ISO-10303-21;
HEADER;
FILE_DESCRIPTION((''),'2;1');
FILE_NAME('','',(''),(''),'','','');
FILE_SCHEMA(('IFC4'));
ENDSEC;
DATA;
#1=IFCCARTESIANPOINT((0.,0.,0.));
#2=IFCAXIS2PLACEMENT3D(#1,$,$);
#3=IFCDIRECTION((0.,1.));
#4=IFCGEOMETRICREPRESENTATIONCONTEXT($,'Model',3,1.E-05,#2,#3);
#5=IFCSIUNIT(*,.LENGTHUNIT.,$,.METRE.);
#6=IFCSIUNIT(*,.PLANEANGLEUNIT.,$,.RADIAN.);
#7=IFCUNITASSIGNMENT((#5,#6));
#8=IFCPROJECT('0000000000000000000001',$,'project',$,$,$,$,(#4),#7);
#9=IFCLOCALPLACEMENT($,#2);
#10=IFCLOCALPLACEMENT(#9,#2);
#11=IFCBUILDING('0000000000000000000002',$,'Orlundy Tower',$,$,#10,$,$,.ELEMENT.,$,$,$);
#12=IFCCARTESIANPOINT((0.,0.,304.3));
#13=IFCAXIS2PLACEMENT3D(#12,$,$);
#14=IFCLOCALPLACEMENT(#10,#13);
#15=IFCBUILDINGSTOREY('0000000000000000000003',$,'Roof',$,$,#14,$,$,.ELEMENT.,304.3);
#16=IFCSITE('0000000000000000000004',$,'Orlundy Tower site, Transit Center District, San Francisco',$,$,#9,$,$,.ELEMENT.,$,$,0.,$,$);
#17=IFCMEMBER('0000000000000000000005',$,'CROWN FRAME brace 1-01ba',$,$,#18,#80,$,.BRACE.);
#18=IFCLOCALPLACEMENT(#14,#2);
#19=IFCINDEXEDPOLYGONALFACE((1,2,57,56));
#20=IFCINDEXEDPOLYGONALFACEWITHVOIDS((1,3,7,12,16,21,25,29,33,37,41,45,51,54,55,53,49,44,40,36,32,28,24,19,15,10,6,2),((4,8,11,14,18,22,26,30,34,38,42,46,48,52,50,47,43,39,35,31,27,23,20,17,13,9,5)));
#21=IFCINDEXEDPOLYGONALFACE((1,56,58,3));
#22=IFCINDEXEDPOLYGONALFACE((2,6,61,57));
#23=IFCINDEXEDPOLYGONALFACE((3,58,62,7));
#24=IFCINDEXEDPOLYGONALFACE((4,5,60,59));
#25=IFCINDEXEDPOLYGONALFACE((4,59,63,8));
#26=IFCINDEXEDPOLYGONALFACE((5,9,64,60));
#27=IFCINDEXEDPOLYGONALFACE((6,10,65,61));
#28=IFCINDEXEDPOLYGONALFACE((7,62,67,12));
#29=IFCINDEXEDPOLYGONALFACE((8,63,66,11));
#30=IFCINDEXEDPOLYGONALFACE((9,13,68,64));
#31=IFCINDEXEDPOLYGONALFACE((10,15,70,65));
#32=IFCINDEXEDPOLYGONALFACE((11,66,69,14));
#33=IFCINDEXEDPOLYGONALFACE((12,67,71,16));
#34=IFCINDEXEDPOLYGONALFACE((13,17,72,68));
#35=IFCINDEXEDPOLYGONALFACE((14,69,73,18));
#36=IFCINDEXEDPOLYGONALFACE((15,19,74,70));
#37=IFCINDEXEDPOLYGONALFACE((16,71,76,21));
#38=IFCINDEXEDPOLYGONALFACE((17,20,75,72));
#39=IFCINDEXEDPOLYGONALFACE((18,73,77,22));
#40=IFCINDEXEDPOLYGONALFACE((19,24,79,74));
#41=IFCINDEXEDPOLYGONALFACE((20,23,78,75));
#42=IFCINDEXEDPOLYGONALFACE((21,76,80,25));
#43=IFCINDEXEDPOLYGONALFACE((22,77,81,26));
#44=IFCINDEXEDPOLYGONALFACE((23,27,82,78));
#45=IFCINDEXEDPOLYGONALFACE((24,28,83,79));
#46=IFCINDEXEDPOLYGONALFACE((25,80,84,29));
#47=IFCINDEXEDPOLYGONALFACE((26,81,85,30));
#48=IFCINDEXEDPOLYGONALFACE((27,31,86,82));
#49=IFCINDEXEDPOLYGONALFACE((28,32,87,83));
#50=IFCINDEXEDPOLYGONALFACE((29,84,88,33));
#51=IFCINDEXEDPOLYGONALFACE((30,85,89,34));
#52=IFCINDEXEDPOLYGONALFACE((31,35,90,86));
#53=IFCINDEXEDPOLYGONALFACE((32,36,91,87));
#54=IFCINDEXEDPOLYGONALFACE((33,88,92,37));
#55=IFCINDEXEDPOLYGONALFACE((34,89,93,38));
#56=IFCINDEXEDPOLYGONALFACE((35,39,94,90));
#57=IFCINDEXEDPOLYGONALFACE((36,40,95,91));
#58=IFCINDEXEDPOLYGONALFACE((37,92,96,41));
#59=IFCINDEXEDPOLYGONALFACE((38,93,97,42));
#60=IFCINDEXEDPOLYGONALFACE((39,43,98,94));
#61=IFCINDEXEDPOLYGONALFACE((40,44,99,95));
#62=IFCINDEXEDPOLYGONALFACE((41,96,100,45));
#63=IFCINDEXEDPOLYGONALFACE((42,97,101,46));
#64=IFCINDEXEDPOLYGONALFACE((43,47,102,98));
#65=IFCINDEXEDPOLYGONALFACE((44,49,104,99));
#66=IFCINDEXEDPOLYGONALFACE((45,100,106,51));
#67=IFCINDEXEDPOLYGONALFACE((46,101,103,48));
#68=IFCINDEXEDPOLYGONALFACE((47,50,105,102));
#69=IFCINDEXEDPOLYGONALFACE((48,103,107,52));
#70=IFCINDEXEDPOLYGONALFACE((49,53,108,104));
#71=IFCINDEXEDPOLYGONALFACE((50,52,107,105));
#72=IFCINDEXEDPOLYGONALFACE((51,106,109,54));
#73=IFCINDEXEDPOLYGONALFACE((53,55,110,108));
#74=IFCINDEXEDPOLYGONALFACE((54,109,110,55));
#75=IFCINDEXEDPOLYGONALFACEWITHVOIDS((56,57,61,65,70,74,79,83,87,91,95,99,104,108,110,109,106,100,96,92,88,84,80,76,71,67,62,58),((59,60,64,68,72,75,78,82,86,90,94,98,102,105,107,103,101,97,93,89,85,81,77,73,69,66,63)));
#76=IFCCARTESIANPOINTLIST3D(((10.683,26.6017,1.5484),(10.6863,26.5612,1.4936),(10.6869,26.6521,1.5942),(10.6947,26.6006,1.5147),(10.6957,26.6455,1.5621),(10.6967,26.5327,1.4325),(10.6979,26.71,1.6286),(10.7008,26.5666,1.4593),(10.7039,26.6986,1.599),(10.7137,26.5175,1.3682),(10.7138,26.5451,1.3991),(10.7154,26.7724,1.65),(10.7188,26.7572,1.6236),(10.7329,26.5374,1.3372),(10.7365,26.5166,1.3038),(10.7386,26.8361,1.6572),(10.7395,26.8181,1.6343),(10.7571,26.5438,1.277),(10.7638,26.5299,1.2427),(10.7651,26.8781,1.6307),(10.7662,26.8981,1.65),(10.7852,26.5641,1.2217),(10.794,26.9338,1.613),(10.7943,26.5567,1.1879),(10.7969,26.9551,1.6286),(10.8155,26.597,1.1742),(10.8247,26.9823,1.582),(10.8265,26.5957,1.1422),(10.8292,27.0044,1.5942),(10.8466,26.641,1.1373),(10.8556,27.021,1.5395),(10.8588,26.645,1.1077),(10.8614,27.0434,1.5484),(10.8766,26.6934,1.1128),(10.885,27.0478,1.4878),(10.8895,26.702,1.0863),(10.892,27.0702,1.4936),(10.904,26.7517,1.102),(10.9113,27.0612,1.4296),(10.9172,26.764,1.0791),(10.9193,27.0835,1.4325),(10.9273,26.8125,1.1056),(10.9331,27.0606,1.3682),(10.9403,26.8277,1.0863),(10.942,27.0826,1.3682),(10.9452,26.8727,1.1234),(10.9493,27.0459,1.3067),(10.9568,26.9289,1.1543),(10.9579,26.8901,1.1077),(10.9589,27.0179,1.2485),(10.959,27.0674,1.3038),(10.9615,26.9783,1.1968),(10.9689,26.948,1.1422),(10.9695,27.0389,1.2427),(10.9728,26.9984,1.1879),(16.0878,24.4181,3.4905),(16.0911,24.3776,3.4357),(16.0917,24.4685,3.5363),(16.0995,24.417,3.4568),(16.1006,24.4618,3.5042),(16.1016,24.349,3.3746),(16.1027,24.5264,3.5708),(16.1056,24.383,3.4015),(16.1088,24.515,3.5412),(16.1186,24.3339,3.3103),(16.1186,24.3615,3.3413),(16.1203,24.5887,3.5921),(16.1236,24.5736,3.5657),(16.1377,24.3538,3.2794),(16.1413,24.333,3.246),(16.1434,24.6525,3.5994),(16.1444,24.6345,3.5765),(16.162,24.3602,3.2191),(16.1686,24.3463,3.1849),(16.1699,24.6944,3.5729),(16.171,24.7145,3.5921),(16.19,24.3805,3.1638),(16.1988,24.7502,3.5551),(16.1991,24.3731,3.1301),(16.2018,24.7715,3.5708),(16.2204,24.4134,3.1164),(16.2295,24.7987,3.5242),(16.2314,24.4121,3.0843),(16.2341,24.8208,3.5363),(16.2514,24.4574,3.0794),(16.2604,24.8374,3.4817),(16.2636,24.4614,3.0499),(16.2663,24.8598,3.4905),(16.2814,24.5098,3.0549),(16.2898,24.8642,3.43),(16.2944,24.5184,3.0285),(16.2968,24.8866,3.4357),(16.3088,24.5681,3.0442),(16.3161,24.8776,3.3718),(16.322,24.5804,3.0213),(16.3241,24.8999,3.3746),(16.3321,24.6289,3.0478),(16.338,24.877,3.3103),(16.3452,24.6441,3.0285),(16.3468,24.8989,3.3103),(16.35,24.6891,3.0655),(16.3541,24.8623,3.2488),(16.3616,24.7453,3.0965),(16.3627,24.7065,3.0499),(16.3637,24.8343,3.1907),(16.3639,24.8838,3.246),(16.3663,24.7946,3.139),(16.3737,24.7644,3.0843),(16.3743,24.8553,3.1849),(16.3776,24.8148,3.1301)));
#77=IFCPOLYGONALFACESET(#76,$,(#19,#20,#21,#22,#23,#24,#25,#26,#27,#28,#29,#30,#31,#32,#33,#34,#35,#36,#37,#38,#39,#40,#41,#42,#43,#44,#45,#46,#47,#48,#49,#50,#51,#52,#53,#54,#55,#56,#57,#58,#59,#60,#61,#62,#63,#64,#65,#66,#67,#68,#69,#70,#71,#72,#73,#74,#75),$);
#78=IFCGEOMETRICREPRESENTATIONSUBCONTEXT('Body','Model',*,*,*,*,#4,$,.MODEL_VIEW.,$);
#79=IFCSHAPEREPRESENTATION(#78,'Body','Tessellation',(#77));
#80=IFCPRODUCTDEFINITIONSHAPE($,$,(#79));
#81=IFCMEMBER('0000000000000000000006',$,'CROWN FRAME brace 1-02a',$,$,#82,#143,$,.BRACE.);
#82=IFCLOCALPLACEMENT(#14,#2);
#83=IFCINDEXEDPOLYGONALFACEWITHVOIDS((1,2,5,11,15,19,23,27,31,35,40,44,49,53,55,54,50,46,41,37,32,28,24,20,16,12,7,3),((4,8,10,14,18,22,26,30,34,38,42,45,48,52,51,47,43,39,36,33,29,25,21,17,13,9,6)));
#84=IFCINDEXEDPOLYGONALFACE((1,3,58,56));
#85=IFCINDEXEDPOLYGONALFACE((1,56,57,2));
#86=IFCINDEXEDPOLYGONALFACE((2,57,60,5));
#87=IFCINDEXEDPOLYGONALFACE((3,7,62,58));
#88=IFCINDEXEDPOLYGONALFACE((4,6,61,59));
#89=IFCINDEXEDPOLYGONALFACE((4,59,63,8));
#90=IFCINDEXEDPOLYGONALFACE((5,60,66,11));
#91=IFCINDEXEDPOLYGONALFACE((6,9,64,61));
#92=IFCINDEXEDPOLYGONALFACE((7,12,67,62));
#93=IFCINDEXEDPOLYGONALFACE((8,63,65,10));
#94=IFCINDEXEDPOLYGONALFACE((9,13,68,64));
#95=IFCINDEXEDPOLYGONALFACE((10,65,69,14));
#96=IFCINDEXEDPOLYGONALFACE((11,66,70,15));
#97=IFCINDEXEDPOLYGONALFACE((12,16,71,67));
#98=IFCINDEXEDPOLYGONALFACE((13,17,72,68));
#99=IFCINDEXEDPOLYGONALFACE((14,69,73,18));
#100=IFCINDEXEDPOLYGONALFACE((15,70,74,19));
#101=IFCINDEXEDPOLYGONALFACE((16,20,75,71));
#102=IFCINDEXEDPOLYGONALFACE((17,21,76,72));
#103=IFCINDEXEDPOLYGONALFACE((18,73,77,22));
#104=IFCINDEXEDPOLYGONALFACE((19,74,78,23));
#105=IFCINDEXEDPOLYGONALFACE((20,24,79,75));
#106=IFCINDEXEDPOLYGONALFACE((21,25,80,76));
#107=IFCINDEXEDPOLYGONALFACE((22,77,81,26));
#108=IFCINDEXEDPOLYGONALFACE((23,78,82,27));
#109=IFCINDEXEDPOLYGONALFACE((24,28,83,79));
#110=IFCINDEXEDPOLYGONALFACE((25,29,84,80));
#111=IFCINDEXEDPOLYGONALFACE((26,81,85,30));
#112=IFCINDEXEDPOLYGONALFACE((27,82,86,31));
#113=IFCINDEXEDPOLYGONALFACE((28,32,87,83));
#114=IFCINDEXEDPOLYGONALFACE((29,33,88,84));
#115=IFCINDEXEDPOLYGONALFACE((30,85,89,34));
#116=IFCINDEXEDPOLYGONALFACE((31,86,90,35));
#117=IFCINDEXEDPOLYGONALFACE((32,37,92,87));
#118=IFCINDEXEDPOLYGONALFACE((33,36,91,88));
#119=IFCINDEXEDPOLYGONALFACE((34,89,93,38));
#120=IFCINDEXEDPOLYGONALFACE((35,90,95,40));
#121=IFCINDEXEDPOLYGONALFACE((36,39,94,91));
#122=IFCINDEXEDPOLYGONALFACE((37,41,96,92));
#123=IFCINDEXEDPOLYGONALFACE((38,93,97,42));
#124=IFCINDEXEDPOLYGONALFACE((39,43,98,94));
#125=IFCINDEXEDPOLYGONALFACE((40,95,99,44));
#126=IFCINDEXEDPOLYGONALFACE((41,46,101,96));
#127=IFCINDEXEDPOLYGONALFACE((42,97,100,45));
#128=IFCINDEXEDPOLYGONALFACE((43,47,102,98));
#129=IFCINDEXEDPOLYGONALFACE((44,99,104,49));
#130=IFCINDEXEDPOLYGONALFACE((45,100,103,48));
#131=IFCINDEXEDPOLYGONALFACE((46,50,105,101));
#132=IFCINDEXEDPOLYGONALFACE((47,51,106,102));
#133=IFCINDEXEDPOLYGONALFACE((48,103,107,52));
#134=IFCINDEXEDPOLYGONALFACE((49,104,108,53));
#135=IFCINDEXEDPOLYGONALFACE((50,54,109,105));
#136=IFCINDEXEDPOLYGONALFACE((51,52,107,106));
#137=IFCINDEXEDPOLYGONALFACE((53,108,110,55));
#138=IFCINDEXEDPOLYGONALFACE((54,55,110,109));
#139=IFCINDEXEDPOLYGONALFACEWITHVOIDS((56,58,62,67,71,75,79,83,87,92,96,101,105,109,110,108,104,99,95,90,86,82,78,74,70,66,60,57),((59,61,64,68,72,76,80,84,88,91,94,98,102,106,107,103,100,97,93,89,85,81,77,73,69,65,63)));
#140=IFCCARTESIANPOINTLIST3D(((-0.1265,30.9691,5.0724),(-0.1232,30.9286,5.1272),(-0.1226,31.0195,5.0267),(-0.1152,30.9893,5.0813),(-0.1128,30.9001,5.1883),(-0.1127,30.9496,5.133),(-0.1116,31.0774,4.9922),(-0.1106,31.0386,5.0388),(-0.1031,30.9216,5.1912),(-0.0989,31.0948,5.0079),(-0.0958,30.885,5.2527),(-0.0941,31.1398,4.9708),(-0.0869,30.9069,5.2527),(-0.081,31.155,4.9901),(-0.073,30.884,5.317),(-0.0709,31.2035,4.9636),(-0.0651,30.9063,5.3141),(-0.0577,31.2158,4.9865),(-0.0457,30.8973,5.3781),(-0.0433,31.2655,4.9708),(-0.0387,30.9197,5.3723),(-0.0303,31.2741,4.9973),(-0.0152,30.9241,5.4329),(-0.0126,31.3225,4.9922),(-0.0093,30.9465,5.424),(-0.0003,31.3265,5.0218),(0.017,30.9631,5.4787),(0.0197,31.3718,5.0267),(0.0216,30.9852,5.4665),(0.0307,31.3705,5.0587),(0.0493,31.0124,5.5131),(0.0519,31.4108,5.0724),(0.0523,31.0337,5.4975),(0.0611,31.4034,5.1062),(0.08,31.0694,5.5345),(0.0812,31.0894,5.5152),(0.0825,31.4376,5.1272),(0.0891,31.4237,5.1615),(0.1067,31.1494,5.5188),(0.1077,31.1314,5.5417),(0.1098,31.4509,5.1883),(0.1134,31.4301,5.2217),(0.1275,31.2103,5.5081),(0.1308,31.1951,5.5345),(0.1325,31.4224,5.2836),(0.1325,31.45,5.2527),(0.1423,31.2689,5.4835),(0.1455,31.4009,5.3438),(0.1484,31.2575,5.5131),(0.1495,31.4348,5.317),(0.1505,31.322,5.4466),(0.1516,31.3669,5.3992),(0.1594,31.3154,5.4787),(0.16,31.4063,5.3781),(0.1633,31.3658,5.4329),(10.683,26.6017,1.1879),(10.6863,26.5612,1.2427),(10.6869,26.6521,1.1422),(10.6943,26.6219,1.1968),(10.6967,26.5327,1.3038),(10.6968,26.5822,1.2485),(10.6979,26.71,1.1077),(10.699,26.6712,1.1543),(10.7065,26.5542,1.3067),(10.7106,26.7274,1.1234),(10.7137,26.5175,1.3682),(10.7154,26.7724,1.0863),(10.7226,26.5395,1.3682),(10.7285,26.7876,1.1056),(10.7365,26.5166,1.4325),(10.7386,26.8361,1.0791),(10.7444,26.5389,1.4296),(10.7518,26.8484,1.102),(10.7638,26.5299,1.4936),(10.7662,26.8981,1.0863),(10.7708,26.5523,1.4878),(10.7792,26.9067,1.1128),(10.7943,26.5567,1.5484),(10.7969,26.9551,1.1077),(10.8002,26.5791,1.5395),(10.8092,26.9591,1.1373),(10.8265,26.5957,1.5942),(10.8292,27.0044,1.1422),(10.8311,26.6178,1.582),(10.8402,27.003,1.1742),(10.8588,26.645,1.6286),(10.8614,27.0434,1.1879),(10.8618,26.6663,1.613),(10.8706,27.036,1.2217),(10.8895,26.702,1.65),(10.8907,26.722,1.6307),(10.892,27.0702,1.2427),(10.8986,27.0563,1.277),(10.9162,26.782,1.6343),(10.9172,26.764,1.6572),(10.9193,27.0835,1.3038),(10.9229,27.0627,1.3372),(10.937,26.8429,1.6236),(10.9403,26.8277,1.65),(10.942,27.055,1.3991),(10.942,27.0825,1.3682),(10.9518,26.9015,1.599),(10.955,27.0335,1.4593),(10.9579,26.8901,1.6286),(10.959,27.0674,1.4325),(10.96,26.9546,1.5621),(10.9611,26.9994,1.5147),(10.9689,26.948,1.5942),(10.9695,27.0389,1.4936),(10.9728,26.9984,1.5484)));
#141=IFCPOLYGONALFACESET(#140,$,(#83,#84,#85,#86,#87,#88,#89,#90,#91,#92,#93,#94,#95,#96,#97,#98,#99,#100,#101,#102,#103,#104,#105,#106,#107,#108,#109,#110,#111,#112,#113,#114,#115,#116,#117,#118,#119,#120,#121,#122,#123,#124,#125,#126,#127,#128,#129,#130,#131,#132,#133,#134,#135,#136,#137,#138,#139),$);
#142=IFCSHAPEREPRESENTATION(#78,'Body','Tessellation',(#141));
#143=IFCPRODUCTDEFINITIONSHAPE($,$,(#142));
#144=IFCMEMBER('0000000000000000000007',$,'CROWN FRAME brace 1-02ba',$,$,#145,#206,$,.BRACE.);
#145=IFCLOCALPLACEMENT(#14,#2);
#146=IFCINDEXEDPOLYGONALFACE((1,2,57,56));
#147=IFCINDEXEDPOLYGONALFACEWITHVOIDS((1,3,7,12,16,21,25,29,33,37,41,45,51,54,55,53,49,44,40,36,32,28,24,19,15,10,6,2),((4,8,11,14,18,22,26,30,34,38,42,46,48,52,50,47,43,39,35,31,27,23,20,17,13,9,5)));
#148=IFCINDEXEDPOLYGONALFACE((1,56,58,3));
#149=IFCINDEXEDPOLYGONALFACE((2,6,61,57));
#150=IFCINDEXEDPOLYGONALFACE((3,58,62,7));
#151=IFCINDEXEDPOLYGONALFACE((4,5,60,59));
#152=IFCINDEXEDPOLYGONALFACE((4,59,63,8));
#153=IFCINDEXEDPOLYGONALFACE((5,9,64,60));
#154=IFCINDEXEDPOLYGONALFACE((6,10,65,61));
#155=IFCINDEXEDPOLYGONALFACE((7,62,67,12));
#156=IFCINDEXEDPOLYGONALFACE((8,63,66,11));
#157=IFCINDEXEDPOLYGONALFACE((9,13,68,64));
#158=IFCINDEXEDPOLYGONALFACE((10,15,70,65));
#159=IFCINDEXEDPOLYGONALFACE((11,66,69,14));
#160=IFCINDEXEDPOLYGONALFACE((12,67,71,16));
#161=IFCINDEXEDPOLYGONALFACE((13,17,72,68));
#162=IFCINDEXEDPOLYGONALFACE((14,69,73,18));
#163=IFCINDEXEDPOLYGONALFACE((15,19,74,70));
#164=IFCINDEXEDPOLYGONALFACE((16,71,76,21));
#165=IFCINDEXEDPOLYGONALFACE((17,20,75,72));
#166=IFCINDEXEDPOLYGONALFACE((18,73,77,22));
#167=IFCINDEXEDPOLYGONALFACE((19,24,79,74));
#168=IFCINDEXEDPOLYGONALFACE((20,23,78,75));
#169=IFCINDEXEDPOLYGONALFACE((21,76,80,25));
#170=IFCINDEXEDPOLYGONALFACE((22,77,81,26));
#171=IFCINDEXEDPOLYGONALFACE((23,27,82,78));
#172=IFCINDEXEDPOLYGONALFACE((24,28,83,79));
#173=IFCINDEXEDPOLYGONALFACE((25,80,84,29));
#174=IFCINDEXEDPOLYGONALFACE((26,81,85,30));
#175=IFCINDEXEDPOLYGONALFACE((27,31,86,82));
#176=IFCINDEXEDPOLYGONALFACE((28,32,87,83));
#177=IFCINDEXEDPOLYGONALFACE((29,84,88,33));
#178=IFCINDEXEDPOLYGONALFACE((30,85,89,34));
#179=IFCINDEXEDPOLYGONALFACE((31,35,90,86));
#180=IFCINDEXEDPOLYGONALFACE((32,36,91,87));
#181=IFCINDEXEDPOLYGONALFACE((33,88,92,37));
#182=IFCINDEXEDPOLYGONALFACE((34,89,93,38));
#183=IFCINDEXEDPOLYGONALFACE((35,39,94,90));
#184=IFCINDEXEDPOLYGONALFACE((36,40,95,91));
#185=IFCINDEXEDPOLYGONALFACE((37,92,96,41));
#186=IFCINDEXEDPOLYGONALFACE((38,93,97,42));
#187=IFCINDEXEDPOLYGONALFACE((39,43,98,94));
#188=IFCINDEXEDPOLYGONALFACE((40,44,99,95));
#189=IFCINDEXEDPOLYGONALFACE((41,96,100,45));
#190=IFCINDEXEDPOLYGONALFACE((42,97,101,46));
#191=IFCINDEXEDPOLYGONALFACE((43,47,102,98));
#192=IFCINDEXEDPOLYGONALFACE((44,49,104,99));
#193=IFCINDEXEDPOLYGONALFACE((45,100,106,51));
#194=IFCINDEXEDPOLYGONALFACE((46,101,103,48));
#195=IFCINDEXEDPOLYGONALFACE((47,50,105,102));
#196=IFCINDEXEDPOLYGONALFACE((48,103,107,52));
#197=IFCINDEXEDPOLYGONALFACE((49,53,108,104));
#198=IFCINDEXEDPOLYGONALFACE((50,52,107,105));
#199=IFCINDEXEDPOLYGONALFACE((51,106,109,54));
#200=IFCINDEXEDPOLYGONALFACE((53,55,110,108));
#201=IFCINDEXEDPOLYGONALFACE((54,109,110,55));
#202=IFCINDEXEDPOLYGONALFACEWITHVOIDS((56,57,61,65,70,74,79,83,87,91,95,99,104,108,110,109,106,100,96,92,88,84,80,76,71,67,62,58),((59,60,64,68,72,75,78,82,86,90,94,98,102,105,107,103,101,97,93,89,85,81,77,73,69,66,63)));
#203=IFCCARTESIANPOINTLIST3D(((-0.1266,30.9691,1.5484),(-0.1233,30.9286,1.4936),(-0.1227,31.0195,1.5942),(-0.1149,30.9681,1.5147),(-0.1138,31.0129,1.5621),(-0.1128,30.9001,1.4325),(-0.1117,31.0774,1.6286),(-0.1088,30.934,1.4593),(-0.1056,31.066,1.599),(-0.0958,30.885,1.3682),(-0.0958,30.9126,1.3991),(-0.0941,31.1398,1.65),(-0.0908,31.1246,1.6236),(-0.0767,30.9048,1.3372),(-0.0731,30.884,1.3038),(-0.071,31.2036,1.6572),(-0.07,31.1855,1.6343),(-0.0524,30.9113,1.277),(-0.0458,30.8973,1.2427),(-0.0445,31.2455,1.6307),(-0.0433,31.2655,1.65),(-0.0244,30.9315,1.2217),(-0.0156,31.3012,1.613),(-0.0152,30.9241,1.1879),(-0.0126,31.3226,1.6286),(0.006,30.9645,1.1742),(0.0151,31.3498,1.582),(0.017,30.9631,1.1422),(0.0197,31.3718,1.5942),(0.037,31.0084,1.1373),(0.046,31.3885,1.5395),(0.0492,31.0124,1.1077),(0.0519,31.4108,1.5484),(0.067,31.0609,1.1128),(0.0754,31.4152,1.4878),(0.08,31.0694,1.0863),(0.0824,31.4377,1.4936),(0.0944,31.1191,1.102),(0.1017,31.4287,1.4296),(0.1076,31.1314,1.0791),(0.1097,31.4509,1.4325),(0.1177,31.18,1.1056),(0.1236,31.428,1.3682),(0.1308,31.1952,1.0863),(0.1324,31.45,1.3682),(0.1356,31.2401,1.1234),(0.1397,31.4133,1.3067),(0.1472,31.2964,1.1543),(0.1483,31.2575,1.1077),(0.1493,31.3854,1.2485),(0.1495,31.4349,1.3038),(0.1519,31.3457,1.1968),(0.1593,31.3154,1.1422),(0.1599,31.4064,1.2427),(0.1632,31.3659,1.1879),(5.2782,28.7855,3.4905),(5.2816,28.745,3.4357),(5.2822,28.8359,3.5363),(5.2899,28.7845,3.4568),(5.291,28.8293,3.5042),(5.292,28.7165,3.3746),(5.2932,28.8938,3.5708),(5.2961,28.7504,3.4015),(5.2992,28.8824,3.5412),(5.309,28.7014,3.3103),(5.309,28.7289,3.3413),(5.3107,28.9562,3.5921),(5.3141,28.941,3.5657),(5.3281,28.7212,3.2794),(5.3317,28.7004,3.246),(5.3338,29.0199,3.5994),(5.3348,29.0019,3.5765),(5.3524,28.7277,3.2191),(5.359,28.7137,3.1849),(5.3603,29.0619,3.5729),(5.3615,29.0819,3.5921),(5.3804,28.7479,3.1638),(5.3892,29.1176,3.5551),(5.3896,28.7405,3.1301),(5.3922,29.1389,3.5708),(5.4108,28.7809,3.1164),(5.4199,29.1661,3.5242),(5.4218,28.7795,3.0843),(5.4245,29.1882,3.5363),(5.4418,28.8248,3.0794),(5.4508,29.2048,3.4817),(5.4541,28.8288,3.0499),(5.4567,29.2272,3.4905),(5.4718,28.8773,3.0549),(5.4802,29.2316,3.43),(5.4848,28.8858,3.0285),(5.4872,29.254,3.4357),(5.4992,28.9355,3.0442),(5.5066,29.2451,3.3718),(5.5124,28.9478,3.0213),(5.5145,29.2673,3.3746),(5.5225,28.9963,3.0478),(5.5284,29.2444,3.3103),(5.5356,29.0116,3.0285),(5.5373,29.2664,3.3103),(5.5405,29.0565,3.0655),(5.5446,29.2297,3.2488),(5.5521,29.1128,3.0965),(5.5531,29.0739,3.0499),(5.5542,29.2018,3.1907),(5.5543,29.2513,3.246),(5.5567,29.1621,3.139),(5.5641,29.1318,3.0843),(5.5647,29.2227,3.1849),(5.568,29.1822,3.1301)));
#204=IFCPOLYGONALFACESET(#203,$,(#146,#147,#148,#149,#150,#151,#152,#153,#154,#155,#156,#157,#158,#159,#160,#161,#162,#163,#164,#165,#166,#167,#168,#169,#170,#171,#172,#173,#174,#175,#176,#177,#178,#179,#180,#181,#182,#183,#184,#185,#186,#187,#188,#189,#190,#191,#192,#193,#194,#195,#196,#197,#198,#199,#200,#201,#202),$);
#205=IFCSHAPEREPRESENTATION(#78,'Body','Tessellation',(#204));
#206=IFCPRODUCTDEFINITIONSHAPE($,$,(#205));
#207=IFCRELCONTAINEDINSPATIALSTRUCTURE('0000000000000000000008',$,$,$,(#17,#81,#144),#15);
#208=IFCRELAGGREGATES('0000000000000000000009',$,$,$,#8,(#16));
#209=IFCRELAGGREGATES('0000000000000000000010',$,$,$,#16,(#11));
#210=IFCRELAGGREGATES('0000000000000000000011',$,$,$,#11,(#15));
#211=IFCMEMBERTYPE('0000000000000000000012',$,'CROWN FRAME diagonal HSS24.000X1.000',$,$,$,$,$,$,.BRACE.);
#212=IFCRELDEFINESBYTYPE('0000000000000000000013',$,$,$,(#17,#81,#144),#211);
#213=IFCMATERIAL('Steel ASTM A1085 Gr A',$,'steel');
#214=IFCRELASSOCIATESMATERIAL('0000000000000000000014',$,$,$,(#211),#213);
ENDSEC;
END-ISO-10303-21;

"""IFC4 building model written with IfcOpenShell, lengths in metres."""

from ifc_helpers import new_model, si_unit, direction, frame, origin, origin_2d, place, context, subcontext, project, spatial, hollow_circle, extrude, material, material_profile, profile_set, type_object, element, save


model = new_model("IFC4")

# Units and contexts
model_context = context("Model", 3, precision=1e-05, world=origin(), true_north=direction((0.0, 1.0)))
body_context = subcontext(model_context, "Body", "Model", "MODEL_VIEW")
ifc_project = project(units=[si_unit("LENGTHUNIT", "METRE"), si_unit("PLANEANGLEUNIT", "RADIAN")], contexts=[model_context])

# Site, building, storey
site_placement = place(None, origin())
site = spatial("IfcSite", under=ifc_project, at=site_placement, Name="Orlundy Tower site, Transit Center District, San Francisco", CompositionType="ELEMENT", RefElevation=0.0)
building_placement = place(site_placement, origin())
building = spatial("IfcBuilding", under=site, at=building_placement, Name="Orlundy Tower", CompositionType="ELEMENT")
storey_placement = place(building_placement, frame((0.0, 0.0, 304.3)))
storey = spatial("IfcBuildingStorey", under=building, at=storey_placement, Name="Roof", CompositionType="ELEMENT", Elevation=304.3)

# Members
ifc_material_1 = material(Name="Steel ASTM A1085 Gr A", Category="steel")
ifc_material_profile_1 = material_profile(ifc_material_1, hollow_circle(Radius=0.3047, WallThickness=0.0237, at=origin_2d()), Name="HSS24.000X1.000")
ifc_profile_set_1 = profile_set([ifc_material_profile_1], Name="Steel ASTM A1085 Gr A")
member_type_1 = type_object("IfcMemberType", Name="CROWN FRAME diagonal HSS24.000X1.000", PredefinedType="BRACE", material=ifc_profile_set_1)
member_1_placement = place(storey_placement, frame((10.8279, 26.8, 1.3682), z_axis=(0.879651, -0.355389, 0.316091), x_axis=(0.374595, 0.927189, 0.0)))
element("IfcMember", 1, at=member_1_placement, inside=storey, type_object=member_type_1, Name="CROWN FRAME brace 1-01ba", PredefinedType="BRACE", context=body_context, shape_type="SweptSolid", body=[
    extrude(hollow_circle(Radius=0.3047, WallThickness=0.0237, at=origin_2d()), origin(), (0.0, 0.0, 1.0), 6.1443),
])
member_2_placement = place(storey_placement, frame((10.8279, 26.8, 1.3682), z_axis=(-0.879639, 0.355404, 0.316107), x_axis=(-0.374613, -0.927181, 0.0)))
element("IfcMember", 2, at=member_2_placement, inside=storey, type_object=member_type_1, Name="CROWN FRAME brace 1-02a", PredefinedType="BRACE", context=body_context, shape_type="SweptSolid", body=[
    extrude(hollow_circle(Radius=0.3047, WallThickness=0.0237, at=origin_2d()), origin(), (0.0, 0.0, 1.0), 12.2886),
])
member_3_placement = place(storey_placement, frame((0.0183, 31.1675, 1.3682), z_axis=(0.879651, -0.355389, 0.316091), x_axis=(0.374595, 0.927189, 0.0)))
element("IfcMember", 3, at=member_3_placement, inside=storey, type_object=member_type_1, Name="CROWN FRAME brace 1-02ba", PredefinedType="BRACE", context=body_context, shape_type="SweptSolid", body=[
    extrude(hollow_circle(Radius=0.3047, WallThickness=0.0237, at=origin_2d()), origin(), (0.0, 0.0, 1.0), 6.1443),
])

save(model, "model.ifc")
